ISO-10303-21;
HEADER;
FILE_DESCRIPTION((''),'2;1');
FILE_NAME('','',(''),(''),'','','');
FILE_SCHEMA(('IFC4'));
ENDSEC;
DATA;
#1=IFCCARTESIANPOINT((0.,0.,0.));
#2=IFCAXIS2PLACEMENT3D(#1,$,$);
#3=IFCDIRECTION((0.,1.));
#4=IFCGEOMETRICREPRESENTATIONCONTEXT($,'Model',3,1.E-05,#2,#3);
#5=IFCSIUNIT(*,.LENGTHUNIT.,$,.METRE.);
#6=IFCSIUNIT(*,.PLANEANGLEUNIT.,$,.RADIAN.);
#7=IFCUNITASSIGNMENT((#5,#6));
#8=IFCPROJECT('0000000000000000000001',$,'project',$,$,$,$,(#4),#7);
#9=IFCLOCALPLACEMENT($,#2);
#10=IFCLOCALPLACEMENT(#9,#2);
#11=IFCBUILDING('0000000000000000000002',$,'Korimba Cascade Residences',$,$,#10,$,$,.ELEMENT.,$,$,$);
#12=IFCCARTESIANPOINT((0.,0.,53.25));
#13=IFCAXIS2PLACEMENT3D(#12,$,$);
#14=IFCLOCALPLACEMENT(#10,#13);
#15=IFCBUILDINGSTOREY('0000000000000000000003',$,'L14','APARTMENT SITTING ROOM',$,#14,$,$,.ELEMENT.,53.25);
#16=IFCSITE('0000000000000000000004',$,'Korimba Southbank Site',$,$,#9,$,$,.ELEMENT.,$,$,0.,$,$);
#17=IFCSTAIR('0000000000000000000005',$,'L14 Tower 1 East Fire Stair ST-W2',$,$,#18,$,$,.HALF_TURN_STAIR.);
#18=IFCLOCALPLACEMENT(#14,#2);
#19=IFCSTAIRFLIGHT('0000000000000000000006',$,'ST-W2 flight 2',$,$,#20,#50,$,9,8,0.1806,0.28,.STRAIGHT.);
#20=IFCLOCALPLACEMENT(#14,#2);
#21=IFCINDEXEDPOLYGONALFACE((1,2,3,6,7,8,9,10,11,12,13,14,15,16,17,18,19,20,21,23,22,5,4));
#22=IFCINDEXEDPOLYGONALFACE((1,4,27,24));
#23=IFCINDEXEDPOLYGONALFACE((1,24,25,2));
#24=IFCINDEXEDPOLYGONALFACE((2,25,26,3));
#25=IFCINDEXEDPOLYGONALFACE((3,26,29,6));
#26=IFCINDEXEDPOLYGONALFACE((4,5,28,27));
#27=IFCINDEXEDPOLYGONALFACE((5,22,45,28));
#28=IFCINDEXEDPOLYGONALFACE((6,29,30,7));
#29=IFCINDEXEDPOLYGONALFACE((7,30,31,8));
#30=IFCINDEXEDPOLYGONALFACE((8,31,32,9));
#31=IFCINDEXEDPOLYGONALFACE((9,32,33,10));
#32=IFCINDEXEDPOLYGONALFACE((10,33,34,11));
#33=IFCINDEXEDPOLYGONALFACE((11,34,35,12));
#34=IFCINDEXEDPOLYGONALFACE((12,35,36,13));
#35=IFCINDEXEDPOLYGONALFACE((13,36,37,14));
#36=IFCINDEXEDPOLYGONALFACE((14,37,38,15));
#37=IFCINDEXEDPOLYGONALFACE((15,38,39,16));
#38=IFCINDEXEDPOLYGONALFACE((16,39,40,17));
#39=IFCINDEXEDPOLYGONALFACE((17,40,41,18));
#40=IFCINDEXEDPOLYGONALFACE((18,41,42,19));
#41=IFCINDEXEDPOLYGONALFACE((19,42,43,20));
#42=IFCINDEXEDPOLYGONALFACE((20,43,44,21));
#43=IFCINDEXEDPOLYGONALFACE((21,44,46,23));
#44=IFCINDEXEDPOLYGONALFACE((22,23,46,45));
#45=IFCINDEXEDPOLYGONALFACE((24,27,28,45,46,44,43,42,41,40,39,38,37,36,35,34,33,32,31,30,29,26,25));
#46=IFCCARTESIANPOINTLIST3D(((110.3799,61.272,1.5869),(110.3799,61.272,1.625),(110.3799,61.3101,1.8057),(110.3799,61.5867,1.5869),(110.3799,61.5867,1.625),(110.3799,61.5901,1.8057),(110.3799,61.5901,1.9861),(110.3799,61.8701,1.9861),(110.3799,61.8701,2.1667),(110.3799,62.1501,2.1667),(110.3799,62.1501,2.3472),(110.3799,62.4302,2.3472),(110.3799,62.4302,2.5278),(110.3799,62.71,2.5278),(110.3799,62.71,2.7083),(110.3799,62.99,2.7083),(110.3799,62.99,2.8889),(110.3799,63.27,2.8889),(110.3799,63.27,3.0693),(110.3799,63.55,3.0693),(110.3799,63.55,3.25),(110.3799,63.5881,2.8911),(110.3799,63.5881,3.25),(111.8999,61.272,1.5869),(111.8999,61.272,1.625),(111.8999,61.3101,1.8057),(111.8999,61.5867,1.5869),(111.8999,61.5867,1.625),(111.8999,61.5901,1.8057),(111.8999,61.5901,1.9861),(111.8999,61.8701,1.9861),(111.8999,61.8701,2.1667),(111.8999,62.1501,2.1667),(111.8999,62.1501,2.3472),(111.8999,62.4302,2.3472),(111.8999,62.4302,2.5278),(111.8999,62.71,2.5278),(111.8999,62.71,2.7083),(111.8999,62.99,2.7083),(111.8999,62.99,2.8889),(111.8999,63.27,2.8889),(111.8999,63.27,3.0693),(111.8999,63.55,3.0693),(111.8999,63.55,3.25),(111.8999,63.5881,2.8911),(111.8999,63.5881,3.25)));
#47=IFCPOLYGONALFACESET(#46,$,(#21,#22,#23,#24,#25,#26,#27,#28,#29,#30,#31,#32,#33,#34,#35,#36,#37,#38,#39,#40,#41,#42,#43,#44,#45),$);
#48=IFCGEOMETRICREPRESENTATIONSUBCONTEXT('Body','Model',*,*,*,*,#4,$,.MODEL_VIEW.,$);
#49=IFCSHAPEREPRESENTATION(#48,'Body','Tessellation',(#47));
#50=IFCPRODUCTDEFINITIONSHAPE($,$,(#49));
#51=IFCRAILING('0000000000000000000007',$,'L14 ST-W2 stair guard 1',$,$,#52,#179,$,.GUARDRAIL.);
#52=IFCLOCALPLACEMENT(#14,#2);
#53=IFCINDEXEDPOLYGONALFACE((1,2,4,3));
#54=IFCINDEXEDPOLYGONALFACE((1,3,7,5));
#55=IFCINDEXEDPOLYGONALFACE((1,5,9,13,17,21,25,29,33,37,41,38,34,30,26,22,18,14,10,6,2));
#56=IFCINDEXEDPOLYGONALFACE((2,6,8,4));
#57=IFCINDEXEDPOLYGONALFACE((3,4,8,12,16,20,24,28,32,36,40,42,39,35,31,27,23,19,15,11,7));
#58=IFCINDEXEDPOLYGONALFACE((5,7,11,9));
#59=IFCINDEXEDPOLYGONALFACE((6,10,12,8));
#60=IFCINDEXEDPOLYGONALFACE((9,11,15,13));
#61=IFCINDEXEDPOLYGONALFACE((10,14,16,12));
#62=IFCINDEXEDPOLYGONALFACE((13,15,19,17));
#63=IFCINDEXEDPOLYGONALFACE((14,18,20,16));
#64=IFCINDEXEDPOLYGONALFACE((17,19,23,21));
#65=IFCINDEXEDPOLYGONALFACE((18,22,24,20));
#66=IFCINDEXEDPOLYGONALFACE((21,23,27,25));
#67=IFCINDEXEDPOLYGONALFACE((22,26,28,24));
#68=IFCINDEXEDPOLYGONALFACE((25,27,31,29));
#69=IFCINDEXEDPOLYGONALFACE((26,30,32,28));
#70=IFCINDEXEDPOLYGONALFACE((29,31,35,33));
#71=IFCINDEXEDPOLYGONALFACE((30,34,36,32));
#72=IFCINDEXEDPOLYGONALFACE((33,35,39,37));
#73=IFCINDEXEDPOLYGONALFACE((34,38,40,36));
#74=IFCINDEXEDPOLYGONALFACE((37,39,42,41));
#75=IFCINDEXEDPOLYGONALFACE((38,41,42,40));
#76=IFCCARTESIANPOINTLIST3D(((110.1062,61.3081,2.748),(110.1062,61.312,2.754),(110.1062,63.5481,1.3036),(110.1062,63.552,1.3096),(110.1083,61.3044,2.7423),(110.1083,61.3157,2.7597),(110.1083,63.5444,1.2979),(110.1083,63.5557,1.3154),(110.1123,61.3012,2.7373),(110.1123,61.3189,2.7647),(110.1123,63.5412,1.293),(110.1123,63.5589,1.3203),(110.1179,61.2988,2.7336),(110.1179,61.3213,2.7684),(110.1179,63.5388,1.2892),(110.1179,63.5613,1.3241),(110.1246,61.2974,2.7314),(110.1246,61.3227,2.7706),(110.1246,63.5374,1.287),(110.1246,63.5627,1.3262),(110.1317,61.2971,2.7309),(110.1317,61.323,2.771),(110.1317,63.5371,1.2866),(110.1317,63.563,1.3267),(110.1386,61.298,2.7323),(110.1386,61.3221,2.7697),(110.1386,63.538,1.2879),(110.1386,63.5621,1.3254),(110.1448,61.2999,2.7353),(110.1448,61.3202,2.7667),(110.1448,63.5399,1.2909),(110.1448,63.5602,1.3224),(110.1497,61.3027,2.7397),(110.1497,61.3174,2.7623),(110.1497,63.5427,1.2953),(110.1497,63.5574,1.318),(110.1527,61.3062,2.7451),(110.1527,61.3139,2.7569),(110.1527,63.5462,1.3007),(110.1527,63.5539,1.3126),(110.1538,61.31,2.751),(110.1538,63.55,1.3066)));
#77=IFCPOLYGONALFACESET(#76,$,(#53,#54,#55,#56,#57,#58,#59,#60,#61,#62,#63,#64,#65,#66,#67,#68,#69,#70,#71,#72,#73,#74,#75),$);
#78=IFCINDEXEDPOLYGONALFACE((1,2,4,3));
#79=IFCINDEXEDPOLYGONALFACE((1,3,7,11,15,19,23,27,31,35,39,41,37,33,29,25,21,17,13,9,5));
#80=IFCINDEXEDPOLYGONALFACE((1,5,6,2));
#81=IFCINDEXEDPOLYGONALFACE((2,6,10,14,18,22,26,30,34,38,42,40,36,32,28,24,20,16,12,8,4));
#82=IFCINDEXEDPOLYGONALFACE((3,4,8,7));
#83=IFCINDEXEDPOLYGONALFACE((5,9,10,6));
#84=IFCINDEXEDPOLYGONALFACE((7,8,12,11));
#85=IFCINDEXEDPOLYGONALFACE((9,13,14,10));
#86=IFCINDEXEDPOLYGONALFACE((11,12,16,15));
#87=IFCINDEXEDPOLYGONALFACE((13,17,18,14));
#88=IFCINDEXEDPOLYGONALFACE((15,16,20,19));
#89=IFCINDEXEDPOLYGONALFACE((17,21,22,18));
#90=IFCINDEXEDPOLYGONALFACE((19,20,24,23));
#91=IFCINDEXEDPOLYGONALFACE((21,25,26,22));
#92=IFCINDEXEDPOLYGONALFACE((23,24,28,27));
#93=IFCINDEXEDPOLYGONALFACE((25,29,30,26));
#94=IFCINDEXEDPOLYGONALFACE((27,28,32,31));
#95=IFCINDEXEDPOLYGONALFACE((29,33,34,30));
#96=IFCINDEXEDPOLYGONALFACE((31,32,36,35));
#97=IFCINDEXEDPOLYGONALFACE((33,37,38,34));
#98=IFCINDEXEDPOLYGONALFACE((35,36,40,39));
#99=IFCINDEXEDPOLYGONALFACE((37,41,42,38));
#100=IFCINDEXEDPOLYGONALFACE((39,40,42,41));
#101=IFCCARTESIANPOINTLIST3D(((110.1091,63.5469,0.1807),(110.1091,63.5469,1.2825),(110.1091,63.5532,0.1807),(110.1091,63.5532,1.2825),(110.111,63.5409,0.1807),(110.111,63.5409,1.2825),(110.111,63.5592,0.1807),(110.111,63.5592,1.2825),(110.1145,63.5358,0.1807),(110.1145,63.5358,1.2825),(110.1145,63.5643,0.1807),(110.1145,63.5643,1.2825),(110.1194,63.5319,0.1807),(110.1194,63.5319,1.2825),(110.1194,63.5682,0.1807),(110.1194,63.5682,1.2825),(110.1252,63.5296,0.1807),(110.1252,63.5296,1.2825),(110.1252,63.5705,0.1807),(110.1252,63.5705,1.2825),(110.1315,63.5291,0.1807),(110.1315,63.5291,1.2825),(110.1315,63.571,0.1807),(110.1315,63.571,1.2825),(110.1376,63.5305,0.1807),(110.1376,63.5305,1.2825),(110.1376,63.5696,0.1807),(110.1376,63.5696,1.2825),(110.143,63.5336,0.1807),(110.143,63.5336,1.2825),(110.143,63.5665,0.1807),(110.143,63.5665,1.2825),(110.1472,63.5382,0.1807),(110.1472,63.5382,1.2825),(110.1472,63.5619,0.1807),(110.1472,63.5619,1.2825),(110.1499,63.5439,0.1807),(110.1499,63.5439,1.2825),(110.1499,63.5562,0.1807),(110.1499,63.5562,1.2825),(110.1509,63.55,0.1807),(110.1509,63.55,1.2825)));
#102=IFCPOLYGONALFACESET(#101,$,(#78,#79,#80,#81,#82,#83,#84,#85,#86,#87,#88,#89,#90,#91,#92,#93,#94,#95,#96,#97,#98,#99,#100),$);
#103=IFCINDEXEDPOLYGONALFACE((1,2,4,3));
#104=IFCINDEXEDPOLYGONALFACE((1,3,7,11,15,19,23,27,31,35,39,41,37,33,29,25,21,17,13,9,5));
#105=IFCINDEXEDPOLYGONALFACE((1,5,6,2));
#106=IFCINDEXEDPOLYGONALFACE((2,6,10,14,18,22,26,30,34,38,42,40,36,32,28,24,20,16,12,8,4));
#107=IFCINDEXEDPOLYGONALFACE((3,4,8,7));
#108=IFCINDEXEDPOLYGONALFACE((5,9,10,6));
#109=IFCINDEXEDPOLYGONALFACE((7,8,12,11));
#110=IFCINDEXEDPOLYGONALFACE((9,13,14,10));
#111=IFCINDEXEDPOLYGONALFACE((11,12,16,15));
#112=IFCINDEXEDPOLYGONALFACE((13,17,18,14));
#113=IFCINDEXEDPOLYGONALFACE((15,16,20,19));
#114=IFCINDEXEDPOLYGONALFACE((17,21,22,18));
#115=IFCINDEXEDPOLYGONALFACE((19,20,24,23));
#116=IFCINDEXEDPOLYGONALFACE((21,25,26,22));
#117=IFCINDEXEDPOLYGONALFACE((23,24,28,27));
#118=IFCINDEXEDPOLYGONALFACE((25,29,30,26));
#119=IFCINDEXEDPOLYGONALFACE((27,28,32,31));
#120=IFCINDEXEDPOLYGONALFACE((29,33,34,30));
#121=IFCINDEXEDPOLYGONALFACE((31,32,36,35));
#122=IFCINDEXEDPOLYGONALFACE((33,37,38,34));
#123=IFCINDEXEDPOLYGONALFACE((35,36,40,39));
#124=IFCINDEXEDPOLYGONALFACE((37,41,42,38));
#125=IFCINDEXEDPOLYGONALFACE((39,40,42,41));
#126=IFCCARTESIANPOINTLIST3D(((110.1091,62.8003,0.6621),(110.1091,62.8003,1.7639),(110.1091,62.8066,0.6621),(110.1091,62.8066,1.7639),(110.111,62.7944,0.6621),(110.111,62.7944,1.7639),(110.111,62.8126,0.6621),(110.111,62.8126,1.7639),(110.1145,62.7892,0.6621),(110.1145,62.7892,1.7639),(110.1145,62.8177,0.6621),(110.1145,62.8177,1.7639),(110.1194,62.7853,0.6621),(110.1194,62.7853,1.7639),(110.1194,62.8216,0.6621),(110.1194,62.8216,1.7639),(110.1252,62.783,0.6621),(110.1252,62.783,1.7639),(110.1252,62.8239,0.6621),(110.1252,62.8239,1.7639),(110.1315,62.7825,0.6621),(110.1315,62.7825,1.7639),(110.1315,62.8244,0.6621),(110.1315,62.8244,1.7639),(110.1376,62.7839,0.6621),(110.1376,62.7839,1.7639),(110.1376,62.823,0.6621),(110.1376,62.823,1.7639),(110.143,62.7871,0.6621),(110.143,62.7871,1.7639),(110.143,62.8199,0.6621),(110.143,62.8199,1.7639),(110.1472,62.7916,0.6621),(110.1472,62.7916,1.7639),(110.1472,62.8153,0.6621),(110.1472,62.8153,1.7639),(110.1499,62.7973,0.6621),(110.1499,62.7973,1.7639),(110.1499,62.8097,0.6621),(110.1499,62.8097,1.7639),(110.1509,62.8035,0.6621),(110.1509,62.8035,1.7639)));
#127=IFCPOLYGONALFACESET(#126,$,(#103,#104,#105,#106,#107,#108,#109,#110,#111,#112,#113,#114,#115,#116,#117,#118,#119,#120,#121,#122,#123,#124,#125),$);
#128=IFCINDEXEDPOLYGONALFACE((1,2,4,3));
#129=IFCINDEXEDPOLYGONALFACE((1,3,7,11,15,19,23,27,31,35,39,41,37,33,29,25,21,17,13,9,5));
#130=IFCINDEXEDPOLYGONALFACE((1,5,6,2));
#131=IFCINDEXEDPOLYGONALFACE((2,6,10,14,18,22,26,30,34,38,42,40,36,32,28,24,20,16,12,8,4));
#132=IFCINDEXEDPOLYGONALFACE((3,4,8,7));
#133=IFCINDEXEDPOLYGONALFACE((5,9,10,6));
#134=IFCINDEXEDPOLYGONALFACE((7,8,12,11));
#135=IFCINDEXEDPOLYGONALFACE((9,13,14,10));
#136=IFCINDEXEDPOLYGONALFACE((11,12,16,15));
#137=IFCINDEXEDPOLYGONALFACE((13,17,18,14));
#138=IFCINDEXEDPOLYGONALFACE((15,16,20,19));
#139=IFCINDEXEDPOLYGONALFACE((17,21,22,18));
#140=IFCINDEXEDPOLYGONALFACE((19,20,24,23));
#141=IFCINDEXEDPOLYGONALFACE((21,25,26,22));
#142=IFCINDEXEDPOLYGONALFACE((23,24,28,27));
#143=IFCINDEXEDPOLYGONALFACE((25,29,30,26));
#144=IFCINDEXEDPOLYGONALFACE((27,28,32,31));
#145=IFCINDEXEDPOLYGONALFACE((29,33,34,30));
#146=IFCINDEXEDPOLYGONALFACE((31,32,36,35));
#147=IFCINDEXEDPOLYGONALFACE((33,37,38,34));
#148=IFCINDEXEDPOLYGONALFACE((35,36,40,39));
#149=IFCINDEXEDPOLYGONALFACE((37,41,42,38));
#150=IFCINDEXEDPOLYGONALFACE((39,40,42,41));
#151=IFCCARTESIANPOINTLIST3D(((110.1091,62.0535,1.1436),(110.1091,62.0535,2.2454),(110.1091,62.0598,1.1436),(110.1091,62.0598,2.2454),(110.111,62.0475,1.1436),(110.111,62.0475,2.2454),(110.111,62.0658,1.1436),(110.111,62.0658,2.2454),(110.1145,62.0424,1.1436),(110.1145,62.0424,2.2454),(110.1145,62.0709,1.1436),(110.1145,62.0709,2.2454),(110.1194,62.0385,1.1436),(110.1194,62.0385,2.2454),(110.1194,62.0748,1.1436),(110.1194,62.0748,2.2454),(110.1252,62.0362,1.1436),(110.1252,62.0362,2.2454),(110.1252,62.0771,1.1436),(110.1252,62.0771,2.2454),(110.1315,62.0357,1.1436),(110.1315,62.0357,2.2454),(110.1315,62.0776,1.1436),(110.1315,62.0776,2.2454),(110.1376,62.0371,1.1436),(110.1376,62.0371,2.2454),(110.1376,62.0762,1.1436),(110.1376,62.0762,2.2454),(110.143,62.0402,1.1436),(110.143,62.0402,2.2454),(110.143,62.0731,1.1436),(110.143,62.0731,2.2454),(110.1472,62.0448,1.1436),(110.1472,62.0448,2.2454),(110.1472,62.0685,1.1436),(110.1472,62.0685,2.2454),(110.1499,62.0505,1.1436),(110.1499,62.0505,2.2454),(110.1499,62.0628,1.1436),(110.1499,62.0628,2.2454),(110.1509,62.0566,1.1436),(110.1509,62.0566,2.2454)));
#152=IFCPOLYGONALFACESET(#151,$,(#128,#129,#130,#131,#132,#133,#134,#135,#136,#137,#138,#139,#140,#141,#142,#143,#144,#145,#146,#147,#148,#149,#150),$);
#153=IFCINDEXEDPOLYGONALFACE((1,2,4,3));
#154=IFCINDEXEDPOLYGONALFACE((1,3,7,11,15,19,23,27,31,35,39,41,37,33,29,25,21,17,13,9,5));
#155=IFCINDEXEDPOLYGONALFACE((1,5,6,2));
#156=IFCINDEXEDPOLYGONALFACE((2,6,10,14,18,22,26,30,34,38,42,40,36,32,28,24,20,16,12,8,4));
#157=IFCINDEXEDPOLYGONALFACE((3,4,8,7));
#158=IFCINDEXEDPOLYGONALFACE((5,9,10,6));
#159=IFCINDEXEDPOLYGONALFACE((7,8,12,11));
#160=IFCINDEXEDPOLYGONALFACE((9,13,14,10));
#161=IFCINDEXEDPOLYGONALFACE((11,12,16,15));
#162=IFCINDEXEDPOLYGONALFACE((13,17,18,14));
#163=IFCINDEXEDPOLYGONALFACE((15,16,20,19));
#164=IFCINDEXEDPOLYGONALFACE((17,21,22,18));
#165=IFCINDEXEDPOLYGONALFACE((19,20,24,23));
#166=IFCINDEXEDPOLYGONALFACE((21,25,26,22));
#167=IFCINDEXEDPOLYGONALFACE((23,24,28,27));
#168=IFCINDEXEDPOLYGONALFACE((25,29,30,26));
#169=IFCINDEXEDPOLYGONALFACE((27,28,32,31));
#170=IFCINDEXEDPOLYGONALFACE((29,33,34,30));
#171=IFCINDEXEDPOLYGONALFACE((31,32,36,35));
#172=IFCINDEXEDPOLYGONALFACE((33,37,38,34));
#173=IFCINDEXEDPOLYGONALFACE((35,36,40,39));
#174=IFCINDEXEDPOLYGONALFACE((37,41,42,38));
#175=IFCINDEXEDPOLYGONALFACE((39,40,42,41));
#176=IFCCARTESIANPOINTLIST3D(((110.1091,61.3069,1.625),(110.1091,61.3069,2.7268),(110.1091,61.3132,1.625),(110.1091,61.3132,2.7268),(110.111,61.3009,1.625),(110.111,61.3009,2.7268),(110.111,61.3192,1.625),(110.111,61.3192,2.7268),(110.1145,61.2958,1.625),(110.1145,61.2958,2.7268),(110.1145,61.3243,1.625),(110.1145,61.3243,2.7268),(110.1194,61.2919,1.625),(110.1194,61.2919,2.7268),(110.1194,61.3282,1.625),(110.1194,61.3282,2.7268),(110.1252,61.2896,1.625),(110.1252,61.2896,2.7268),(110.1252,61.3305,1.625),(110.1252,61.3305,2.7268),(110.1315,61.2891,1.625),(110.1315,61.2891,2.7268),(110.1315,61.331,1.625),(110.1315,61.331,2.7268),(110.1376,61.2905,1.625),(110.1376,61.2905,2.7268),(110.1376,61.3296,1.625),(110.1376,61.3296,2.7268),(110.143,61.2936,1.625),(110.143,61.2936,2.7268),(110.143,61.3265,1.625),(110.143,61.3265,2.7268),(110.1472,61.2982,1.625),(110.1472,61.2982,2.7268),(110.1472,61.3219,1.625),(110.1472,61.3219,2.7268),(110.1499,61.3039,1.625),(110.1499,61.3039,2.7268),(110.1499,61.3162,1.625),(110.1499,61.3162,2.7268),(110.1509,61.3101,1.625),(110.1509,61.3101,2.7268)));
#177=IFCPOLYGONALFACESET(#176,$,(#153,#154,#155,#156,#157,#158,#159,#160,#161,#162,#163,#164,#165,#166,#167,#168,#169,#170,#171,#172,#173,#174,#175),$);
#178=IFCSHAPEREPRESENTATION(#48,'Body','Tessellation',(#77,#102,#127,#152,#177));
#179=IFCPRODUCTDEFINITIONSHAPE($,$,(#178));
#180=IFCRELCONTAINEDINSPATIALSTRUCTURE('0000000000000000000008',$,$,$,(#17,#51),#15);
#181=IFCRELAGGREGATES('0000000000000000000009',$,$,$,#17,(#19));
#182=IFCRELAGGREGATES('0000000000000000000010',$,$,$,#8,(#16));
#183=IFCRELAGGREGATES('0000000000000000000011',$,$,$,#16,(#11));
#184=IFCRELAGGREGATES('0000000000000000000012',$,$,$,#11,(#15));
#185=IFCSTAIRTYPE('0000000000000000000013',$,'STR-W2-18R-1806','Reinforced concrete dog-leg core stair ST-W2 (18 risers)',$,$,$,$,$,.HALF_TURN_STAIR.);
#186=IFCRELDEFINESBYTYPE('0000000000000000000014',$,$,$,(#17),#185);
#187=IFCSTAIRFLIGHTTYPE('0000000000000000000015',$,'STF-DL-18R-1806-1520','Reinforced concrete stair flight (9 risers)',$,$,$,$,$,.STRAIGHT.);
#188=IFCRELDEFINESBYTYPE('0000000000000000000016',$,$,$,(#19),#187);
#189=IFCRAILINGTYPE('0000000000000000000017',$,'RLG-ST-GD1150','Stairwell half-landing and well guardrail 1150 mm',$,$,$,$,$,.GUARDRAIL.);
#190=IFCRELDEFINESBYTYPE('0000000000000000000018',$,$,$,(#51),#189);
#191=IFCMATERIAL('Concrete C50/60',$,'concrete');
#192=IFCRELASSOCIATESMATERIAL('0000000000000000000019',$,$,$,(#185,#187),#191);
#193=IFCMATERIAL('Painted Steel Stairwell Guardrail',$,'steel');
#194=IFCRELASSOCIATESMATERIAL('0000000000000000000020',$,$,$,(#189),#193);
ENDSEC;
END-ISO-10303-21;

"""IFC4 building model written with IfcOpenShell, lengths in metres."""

from ifc_helpers import new_model, si_unit, direction, frame, origin, origin_2d, place, context, subcontext, project, spatial, polyline, circle, outline, extrude, material, type_object, element, aggregate, save


model = new_model("IFC4")

# Units and contexts
model_context = context("Model", 3, precision=1e-05, world=origin(), true_north=direction((0.0, 1.0)))
body_context = subcontext(model_context, "Body", "Model", "MODEL_VIEW")
ifc_project = project(units=[si_unit("LENGTHUNIT", "METRE"), si_unit("PLANEANGLEUNIT", "RADIAN")], contexts=[model_context])

# Site, building, storey
site_placement = place(None, origin())
site = spatial("IfcSite", under=ifc_project, at=site_placement, Name="Korimba Southbank Site", CompositionType="ELEMENT", RefElevation=0.0)
building_placement = place(site_placement, origin())
building = spatial("IfcBuilding", under=site, at=building_placement, Name="Korimba Cascade Residences", CompositionType="ELEMENT")
storey_placement = place(building_placement, frame((0.0, 0.0, 53.25)))
storey = spatial("IfcBuildingStorey", under=building, at=storey_placement, Name="L14", Description="APARTMENT SITTING ROOM", CompositionType="ELEMENT", Elevation=53.25)

# Shared definitions
ifc_material_1 = material(Name="Concrete C50/60", Category="concrete")

# Stair, stair flight
stair_type = type_object("IfcStairType", Name="STR-W2-18R-1806", Description="Reinforced concrete dog-leg core stair ST-W2 (18 risers)", PredefinedType="HALF_TURN_STAIR", material=ifc_material_1)
stair_placement = place(storey_placement, origin())
stair = element("IfcStair", 1, at=stair_placement, inside=storey, type_object=stair_type, Name="L14 Tower 1 East Fire Stair ST-W2", PredefinedType="HALF_TURN_STAIR")
stair_flight_type = type_object("IfcStairFlightType", Name="STF-DL-18R-1806-1520", Description="Reinforced concrete stair flight (9 risers)", PredefinedType="STRAIGHT", material=ifc_material_1)
stair_flight_1_placement = place(storey_placement, frame((111.1399, 61.3101, 1.625), z_axis=(0.0, 0.0, 1.0), x_axis=(0.0, 1.0, 0.0)))
stair_flight_1 = element("IfcStairFlight", 2, at=stair_flight_1_placement, type_object=stair_flight_type, Name="ST-W2 flight 2", NumberOfRisers=9, NumberOfTreads=8, PredefinedType="STRAIGHT", RiserHeight=0.1806, TreadLength=0.28, context=body_context, shape_type="SweptSolid", body=[
    extrude(outline(polyline([(-0.0381, 0.0), (0.0, 0.1807), (0.28, 0.1807), (0.28, 0.3611), (0.5601, 0.3611), (0.5601, 0.5417), (0.8401, 0.5417), (0.8401, 0.7222), (1.1201, 0.7222), (1.1201, 0.9028), (1.3999, 0.9028), (1.3999, 1.0833), (1.6799, 1.0833), (1.6799, 1.2639), (1.96, 1.2639), (1.96, 1.4443), (2.24, 1.4443), (2.24, 1.625), (2.2781, 1.625), (2.2781, 1.2661), (0.2766, 0.0), (0.2766, -0.0381), (-0.0381, -0.0381), (-0.0381, 0.0)])), frame((0.0, 0.76, 0.0), z_axis=(0.0, -1.0, 0.0), x_axis=(1.0, 0.0, 0.0)), (0.0, 0.0, 1.0), 1.52),
])
aggregate(stair, [stair_flight_1])

# Railing
ifc_material_2 = material(Name="Painted Steel Stairwell Guardrail", Category="steel")
railing_type_1 = type_object("IfcRailingType", Name="RLG-ST-GD1150", Description="Stairwell half-landing and well guardrail 1150 mm", PredefinedType="GUARDRAIL", material=ifc_material_2)
railing_1_placement = place(storey_placement, frame((110.1299, 63.55, 0.1807)))
element("IfcRailing", 3, at=railing_1_placement, inside=storey, type_object=railing_type_1, Name="L14 ST-W2 stair guard 1", PredefinedType="GUARDRAIL", context=body_context, shape_type="SweptSolid", body=[
    extrude(circle(Radius=0.0239, at=origin_2d()), frame((0.0, 0.0, 1.126), z_axis=(0.0, -0.840437, 0.54191), x_axis=(1.0, 0.0, 0.0)), (0.0, 0.0, 1.0), 2.6653),
    extrude(circle(Radius=0.021, at=origin_2d()), origin(), (0.0, 0.0, 1.0), 1.1018),
    extrude(circle(Radius=0.021, at=origin_2d()), frame((0.0, -0.7466, 0.4814)), (0.0, 0.0, 1.0), 1.1018),
    extrude(circle(Radius=0.021, at=origin_2d()), frame((0.0, -1.4934, 0.9629)), (0.0, 0.0, 1.0), 1.1018),
    extrude(circle(Radius=0.021, at=origin_2d()), frame((0.0, -2.24, 1.4443)), (0.0, 0.0, 1.0), 1.1018),
])

save(model, "model.ifc")
